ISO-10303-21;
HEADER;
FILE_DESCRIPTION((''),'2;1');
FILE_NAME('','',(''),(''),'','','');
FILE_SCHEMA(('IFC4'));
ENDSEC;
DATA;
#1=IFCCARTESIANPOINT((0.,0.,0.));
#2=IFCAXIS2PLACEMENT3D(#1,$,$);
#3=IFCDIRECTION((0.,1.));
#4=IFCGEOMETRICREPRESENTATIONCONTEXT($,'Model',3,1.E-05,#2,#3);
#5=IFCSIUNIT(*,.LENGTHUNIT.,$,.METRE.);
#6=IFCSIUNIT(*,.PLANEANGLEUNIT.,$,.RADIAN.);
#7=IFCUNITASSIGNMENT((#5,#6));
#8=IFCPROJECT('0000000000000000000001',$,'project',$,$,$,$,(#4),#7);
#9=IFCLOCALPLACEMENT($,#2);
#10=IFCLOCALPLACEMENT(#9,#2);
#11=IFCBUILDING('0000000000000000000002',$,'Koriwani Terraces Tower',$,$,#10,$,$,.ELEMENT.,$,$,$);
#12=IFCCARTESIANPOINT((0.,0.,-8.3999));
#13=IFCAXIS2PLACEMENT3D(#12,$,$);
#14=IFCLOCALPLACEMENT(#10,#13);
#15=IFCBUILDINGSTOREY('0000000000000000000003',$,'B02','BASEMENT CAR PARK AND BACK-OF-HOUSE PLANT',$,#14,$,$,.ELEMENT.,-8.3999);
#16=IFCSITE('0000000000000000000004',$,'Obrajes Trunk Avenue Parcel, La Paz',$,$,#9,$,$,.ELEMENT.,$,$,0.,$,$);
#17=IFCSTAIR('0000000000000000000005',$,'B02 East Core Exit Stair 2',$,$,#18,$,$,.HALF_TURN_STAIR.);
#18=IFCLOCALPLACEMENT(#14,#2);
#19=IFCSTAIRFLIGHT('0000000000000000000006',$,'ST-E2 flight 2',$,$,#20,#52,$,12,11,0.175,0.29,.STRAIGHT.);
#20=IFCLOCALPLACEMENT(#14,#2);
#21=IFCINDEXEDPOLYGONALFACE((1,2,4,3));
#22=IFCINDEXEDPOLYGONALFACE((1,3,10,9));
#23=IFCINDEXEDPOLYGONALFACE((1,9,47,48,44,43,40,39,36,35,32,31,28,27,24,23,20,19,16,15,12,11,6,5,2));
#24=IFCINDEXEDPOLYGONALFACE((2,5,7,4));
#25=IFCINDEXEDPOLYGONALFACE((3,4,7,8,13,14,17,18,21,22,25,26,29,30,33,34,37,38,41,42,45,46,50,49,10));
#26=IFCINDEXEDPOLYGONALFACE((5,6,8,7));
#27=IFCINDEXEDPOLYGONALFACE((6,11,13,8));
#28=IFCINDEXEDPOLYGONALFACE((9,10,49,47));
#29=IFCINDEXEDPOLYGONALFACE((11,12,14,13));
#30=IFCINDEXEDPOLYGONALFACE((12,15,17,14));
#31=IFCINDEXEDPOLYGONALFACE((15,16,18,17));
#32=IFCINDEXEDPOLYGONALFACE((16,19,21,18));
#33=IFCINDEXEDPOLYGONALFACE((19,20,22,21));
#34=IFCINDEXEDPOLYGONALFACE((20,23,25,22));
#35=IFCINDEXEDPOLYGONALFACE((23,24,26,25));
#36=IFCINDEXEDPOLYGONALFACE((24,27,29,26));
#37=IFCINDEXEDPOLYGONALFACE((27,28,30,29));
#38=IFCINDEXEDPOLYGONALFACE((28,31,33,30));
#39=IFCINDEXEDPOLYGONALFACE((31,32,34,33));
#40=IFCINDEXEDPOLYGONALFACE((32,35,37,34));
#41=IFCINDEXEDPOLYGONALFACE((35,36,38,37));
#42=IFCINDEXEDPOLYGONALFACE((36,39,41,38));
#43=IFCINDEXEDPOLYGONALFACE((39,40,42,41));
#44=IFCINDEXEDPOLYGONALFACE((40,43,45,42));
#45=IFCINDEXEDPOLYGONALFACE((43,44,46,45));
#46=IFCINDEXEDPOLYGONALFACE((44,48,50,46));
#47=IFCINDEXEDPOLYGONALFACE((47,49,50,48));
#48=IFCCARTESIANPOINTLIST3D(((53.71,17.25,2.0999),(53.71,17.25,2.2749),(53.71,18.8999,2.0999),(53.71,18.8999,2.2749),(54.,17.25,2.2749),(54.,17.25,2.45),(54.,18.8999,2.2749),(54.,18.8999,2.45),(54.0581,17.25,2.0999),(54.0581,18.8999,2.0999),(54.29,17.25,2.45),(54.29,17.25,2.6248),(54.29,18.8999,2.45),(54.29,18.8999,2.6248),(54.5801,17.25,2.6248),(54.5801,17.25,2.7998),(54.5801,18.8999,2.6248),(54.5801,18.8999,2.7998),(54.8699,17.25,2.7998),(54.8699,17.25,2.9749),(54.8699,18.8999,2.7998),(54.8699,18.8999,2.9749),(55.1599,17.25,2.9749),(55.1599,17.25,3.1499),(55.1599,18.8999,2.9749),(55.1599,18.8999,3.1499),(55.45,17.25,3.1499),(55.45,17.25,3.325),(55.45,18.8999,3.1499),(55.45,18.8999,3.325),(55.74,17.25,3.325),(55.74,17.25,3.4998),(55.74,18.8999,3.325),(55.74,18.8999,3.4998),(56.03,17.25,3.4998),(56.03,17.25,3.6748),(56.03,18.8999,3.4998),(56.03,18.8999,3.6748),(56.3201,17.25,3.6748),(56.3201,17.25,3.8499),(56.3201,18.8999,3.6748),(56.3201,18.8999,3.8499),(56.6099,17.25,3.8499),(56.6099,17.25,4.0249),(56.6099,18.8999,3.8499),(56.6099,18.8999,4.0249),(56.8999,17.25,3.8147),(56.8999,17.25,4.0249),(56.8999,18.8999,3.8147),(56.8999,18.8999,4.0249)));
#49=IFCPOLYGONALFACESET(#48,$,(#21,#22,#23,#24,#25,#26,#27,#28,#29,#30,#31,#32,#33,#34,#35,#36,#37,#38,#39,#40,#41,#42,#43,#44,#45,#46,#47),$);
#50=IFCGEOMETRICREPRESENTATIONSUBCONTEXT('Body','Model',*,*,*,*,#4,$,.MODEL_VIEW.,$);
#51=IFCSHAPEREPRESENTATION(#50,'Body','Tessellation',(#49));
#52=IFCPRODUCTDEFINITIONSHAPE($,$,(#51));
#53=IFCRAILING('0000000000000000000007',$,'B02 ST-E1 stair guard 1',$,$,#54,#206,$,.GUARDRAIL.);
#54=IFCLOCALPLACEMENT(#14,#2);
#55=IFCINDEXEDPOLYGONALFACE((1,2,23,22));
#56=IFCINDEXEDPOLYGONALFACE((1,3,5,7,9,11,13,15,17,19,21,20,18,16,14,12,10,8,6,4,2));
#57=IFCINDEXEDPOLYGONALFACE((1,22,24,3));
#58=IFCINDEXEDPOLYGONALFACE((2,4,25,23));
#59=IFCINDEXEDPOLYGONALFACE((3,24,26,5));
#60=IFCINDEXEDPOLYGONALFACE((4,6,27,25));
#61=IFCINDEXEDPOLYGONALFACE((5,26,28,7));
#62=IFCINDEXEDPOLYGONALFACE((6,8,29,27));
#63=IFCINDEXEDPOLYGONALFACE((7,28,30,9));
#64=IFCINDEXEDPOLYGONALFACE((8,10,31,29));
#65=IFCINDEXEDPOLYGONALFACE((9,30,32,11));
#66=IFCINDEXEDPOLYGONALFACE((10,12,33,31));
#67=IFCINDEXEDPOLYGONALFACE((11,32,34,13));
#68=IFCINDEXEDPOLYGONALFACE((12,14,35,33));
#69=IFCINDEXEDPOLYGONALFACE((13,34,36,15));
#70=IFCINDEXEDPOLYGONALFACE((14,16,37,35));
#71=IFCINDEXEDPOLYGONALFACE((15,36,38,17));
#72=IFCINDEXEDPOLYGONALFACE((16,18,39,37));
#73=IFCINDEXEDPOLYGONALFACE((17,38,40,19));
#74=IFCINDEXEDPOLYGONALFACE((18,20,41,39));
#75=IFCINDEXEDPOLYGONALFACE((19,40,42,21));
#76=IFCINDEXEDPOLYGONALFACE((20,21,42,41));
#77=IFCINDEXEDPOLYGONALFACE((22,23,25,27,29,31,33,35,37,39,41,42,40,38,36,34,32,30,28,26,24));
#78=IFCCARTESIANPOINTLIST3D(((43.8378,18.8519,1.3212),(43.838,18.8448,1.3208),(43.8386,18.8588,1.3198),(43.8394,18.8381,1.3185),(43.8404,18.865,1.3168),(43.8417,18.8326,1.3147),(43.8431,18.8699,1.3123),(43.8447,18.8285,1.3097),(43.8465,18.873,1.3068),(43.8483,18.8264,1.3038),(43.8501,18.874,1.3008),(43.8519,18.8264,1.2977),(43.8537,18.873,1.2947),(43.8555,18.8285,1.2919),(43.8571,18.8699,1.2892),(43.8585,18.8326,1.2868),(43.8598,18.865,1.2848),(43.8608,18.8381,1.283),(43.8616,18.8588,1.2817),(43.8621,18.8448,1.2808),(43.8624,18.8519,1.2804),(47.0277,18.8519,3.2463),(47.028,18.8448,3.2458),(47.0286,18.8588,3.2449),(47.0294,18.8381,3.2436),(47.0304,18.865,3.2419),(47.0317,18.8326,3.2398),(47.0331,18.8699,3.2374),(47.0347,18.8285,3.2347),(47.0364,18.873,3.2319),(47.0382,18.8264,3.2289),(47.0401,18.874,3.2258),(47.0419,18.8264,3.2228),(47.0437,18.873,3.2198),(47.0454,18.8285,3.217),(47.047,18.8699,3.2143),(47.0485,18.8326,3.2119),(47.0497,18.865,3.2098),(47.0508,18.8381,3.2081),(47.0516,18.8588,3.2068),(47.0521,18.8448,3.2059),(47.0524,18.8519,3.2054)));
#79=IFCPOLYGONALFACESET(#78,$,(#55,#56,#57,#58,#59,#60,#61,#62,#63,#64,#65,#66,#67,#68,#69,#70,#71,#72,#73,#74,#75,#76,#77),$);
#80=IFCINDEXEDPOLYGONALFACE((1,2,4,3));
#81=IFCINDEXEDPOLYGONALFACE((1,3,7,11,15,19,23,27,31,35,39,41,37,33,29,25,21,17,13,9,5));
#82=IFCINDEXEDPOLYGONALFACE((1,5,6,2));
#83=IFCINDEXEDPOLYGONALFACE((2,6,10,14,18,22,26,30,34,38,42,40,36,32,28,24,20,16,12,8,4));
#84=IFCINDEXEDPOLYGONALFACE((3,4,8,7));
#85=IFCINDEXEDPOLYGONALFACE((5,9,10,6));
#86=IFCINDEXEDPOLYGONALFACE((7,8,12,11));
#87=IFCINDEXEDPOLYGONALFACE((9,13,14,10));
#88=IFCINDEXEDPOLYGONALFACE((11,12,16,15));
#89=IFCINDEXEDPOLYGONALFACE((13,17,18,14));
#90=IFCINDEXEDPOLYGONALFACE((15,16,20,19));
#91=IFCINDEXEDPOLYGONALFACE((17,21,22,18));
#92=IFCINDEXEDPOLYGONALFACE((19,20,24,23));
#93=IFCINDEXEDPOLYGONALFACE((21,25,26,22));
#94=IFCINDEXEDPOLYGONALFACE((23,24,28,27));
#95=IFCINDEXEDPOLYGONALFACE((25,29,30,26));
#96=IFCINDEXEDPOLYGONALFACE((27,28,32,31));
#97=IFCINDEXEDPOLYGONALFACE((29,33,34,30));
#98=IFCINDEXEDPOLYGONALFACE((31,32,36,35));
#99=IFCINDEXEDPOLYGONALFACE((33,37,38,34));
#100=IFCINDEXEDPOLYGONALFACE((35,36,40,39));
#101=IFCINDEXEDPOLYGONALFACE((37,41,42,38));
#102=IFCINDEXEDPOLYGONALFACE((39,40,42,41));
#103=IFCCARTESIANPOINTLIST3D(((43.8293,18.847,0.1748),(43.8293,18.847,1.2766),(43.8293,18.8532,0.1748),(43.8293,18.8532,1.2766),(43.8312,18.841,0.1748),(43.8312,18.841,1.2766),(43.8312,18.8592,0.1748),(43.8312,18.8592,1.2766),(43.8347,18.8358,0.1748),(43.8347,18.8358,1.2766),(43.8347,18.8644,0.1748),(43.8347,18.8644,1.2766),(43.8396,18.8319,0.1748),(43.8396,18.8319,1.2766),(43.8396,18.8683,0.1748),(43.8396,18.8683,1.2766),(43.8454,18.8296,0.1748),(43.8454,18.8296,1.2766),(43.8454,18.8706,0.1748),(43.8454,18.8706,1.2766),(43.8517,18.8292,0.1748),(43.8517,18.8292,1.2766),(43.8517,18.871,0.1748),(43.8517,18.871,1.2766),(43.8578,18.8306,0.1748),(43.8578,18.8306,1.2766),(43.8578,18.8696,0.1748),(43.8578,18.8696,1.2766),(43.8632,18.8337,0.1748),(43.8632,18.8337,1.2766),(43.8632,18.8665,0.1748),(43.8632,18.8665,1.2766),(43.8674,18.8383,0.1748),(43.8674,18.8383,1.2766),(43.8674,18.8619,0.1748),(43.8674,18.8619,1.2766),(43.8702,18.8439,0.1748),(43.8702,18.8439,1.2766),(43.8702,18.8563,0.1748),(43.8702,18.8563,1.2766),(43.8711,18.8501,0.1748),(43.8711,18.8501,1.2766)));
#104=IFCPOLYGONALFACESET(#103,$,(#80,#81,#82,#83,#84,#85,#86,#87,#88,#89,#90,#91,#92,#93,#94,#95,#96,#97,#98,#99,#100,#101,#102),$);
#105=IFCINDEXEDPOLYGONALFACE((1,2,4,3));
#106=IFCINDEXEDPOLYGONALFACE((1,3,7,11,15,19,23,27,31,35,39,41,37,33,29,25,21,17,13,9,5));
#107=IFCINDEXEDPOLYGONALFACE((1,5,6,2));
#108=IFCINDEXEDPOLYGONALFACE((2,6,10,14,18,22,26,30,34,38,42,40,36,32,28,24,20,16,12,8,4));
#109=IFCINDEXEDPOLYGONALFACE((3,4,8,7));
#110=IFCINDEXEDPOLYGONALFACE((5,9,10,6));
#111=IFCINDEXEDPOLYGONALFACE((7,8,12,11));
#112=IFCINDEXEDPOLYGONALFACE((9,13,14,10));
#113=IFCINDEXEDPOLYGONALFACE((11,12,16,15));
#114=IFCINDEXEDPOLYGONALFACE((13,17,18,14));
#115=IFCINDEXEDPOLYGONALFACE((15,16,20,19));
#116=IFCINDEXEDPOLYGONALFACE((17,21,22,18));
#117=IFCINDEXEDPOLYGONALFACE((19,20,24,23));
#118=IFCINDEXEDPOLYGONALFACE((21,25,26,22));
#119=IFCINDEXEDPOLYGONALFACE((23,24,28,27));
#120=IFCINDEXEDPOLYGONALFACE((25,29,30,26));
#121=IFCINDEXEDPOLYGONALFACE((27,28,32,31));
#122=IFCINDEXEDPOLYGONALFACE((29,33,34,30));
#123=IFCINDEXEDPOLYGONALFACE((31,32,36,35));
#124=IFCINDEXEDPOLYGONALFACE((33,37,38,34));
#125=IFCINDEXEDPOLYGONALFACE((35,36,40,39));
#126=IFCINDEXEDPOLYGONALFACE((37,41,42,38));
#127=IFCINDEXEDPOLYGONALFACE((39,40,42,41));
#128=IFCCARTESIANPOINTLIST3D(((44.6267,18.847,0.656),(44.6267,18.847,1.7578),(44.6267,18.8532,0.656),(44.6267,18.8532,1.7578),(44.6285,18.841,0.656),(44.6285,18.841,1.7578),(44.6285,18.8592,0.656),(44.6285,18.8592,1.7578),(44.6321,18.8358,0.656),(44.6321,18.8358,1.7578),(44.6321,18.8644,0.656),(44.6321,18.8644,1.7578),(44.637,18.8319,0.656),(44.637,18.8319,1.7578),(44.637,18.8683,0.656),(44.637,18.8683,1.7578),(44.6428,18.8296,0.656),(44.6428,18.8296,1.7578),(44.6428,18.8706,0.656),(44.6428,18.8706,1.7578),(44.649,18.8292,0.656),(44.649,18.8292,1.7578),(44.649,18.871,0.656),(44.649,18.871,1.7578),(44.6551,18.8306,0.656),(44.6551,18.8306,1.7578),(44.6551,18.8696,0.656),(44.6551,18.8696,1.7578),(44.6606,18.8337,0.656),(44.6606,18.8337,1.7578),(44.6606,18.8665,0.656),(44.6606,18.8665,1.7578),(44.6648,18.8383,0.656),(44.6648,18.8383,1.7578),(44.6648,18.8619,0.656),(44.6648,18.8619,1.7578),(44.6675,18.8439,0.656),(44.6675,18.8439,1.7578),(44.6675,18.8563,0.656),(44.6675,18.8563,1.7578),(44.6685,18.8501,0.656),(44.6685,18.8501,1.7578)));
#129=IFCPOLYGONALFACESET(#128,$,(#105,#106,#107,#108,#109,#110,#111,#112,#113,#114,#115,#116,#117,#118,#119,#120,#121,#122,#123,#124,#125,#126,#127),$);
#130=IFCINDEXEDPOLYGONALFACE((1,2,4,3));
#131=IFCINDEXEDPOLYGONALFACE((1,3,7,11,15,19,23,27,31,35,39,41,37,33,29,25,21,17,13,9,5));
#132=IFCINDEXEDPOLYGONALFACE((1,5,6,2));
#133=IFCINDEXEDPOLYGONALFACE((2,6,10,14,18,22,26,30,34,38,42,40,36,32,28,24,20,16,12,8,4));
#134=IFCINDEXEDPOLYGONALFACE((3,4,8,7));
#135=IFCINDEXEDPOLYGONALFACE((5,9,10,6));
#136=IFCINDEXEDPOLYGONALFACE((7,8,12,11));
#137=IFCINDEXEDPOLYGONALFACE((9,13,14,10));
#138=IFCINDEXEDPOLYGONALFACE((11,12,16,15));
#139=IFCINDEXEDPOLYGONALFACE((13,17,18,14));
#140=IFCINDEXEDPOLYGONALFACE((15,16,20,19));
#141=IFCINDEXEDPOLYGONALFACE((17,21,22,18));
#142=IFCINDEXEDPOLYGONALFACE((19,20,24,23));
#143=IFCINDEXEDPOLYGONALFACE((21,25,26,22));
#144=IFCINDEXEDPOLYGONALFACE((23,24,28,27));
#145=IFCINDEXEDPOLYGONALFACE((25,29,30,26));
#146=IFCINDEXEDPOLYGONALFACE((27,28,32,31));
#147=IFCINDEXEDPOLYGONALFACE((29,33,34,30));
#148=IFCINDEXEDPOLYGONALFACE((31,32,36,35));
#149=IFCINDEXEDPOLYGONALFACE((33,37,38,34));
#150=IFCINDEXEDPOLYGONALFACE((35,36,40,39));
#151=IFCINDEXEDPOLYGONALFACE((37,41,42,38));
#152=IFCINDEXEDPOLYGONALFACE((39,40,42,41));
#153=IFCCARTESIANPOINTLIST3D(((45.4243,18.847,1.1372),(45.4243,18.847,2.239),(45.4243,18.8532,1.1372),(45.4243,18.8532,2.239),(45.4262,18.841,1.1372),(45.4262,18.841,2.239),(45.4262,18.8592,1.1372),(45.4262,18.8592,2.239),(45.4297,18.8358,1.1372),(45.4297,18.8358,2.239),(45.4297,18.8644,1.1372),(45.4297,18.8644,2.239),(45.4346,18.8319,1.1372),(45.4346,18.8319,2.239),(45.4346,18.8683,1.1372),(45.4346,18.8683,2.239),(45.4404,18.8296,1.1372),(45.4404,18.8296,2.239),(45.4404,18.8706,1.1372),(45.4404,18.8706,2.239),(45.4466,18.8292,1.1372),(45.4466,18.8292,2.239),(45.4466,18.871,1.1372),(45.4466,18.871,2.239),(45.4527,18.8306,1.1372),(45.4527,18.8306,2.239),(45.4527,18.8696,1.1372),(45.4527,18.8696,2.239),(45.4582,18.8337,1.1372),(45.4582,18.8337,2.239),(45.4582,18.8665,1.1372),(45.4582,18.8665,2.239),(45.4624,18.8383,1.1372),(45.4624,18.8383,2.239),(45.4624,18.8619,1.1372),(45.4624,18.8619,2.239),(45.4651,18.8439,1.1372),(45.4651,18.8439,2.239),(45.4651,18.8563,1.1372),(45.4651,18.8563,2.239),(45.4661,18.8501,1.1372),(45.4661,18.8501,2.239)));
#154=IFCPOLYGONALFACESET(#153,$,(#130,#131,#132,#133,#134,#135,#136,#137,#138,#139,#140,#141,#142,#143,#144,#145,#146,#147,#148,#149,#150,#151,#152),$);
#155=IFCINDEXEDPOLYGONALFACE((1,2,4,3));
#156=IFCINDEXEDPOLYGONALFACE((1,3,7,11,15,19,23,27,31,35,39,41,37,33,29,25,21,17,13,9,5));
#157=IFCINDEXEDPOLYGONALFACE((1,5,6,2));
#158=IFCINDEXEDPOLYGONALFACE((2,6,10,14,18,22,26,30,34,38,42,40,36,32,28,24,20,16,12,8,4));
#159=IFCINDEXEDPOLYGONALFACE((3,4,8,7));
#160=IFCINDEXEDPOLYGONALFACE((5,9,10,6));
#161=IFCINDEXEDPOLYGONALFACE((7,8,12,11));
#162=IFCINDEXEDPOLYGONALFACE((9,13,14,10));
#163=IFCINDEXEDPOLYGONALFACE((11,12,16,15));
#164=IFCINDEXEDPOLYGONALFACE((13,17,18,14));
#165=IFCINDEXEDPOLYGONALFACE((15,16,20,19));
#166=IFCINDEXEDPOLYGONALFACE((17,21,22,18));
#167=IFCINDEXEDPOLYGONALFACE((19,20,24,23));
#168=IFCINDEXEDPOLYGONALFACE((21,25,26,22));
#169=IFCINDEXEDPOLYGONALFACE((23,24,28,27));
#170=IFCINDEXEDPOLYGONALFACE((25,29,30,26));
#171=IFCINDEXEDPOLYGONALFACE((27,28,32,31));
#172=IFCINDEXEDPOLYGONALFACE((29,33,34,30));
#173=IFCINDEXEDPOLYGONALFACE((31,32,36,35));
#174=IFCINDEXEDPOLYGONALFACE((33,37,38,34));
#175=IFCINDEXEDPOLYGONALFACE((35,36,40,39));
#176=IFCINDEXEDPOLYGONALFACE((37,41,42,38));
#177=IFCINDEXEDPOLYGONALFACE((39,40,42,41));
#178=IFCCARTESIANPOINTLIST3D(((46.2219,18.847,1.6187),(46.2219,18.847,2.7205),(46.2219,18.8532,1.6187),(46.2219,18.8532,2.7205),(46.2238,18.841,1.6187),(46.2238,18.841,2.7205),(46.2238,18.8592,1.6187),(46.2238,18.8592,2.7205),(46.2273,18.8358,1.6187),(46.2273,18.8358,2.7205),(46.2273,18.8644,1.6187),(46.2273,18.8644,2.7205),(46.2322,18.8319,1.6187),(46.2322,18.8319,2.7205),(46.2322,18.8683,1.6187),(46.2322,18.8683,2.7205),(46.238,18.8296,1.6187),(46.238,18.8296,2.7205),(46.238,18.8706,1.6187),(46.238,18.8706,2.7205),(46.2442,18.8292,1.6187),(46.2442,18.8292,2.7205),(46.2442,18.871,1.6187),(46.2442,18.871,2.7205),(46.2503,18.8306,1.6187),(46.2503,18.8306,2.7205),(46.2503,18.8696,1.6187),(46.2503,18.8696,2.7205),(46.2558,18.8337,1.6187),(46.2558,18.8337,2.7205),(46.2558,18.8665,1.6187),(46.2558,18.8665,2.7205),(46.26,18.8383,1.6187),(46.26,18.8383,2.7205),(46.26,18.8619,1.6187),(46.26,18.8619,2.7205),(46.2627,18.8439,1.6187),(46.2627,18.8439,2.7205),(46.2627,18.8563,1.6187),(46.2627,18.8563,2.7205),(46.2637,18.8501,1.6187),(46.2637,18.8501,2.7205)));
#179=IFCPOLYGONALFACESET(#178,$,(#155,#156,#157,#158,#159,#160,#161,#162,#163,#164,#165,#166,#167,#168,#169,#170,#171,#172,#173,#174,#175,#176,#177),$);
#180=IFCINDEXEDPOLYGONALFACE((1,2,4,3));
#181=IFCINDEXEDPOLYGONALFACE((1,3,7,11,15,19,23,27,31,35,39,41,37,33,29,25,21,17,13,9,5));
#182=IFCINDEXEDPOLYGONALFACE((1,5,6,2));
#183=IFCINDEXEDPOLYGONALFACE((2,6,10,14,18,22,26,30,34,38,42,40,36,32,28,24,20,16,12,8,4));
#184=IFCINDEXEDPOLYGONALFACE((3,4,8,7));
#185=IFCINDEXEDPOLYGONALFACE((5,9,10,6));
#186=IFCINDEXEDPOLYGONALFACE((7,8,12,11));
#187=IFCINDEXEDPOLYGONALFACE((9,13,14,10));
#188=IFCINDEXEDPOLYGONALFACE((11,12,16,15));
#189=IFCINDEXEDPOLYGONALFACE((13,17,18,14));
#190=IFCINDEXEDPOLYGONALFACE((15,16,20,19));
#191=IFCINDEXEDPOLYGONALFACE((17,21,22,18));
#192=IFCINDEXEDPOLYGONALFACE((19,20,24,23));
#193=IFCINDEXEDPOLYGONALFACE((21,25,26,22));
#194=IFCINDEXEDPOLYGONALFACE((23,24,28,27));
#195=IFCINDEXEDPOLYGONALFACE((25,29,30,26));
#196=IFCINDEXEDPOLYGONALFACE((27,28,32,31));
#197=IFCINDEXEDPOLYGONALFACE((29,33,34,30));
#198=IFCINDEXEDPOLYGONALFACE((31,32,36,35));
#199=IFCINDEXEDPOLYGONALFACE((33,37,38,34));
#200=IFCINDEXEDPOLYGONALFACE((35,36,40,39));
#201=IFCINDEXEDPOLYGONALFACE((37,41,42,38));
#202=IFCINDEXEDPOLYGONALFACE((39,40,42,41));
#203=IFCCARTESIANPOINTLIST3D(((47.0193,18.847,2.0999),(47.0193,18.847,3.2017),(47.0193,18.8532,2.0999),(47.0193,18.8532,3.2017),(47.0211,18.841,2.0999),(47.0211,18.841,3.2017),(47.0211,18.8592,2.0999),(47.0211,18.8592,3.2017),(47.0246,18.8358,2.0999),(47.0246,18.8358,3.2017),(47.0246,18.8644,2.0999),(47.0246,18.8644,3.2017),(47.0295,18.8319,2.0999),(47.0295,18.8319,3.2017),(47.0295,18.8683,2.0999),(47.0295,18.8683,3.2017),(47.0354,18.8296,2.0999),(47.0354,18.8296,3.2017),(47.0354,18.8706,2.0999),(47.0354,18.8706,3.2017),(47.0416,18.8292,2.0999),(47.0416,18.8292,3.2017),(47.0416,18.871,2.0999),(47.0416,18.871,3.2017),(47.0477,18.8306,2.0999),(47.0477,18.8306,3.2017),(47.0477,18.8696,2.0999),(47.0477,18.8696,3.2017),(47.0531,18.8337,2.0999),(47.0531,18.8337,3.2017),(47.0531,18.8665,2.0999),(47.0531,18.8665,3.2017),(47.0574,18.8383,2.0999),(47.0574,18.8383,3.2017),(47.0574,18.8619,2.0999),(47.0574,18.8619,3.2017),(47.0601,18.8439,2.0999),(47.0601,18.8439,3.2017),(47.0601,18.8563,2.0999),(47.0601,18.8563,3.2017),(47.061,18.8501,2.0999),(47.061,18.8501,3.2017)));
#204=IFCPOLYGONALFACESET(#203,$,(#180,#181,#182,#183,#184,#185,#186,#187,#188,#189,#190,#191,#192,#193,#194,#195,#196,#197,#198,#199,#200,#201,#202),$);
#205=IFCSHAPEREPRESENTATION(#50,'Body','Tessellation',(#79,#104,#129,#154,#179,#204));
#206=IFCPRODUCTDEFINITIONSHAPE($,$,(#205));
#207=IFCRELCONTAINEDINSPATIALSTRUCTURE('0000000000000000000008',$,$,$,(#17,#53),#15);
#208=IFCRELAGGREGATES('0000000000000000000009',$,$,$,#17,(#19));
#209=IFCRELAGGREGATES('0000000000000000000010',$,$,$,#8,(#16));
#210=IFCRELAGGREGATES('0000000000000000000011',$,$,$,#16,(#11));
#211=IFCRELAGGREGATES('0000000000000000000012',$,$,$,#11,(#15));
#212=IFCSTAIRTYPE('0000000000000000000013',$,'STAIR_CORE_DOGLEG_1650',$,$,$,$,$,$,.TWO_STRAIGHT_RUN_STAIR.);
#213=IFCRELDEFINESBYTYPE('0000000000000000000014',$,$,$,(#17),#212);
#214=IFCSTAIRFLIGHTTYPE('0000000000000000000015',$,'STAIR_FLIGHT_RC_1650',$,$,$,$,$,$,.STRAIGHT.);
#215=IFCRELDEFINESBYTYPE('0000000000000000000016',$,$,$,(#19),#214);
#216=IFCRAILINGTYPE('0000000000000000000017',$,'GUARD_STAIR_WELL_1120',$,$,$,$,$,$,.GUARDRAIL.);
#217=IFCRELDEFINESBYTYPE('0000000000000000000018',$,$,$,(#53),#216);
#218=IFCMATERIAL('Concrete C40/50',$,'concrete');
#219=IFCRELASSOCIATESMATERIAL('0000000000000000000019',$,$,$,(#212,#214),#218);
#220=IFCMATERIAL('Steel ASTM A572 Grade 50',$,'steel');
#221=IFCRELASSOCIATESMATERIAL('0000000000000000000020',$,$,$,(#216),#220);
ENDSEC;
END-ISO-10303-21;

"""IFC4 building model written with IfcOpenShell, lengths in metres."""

from ifc_helpers import new_model, si_unit, direction, frame, origin, origin_2d, place, context, subcontext, project, spatial, polyline, circle, outline, extrude, material, type_object, element, aggregate, save


model = new_model("IFC4")

# Units and contexts
model_context = context("Model", 3, precision=1e-05, world=origin(), true_north=direction((0.0, 1.0)))
body_context = subcontext(model_context, "Body", "Model", "MODEL_VIEW")
ifc_project = project(units=[si_unit("LENGTHUNIT", "METRE"), si_unit("PLANEANGLEUNIT", "RADIAN")], contexts=[model_context])

# Site, building, storey
site_placement = place(None, origin())
site = spatial("IfcSite", under=ifc_project, at=site_placement, Name="Obrajes Trunk Avenue Parcel, La Paz", CompositionType="ELEMENT", RefElevation=0.0)
building_placement = place(site_placement, origin())
building = spatial("IfcBuilding", under=site, at=building_placement, Name="Koriwani Terraces Tower", CompositionType="ELEMENT")
storey_placement = place(building_placement, frame((0.0, 0.0, -8.3999)))
storey = spatial("IfcBuildingStorey", under=building, at=storey_placement, Name="B02", Description="BASEMENT CAR PARK AND BACK-OF-HOUSE PLANT", CompositionType="ELEMENT", Elevation=-8.3999)

# Shared definitions
ifc_material_1 = material(Name="Concrete C40/50", Category="concrete")

# Shared definitions
ifc_material_2 = material(Name="Steel ASTM A572 Grade 50", Category="steel")

# Stair, stair flight
stair_type = type_object("IfcStairType", Name="STAIR_CORE_DOGLEG_1650", PredefinedType="TWO_STRAIGHT_RUN_STAIR", material=ifc_material_1)
stair_flight_type = type_object("IfcStairFlightType", Name="STAIR_FLIGHT_RC_1650", PredefinedType="STRAIGHT", material=ifc_material_1)
stair_1_placement = place(storey_placement, origin())
stair_1 = element("IfcStair", 1, at=stair_1_placement, inside=storey, type_object=stair_type, Name="B02 East Core Exit Stair 2", PredefinedType="HALF_TURN_STAIR")
stair_flight_1_placement = place(storey_placement, frame((53.71, 18.075, 2.0999), z_axis=(0.0, 0.0, 1.0), x_axis=(1.0, 0.0, 0.0)))
stair_flight_1 = element("IfcStairFlight", 2, at=stair_flight_1_placement, type_object=stair_flight_type, Name="ST-E2 flight 2", NumberOfRisers=12, NumberOfTreads=11, PredefinedType="STRAIGHT", RiserHeight=0.175, TreadLength=0.29, context=body_context, shape_type="SweptSolid", body=[
    extrude(outline(polyline([(0.0, 0.0), (0.0, 0.175), (0.29, 0.175), (0.29, 0.3501), (0.5801, 0.3501), (0.5801, 0.5249), (0.8701, 0.5249), (0.8701, 0.7), (1.1599, 0.7), (1.1599, 0.875), (1.45, 0.875), (1.45, 1.05), (1.74, 1.05), (1.74, 1.2251), (2.03, 1.2251), (2.03, 1.3999), (2.3201, 1.3999), (2.3201, 1.575), (2.6101, 1.575), (2.6101, 1.75), (2.8999, 1.75), (2.8999, 1.925), (3.1899, 1.925), (3.1899, 2.1001), (3.1899, 1.7148), (0.3481, 0.0), (0.0, 0.0)])), frame((0.0, 0.825, 0.0), z_axis=(0.0, -1.0, 0.0), x_axis=(1.0, 0.0, 0.0)), (0.0, 0.0, 1.0), 1.6499),
])
aggregate(stair_1, [stair_flight_1])

# Railing
railing_type_1 = type_object("IfcRailingType", Name="GUARD_STAIR_WELL_1120", PredefinedType="GUARDRAIL", material=ifc_material_2)
railing_1_placement = place(storey_placement, frame((43.8501, 18.8501, 0.1748)))
element("IfcRailing", 3, at=railing_1_placement, inside=storey, type_object=railing_type_1, Name="B02 ST-E1 stair guard 1", PredefinedType="GUARDRAIL", context=body_context, shape_type="SweptSolid", body=[
    extrude(circle(Radius=0.0239, at=origin_2d()), frame((0.0, 0.0, 1.126), z_axis=(0.856178, 0.0, 0.516682), x_axis=(0.0, 1.0, 0.0)), (0.0, 0.0, 1.0), 3.7258),
    extrude(circle(Radius=0.021, at=origin_2d()), origin(), (0.0, 0.0, 1.0), 1.1018),
    extrude(circle(Radius=0.021, at=origin_2d()), frame((0.7974, 0.0, 0.4812)), (0.0, 0.0, 1.0), 1.1018),
    extrude(circle(Radius=0.021, at=origin_2d()), frame((1.595, 0.0, 0.9624)), (0.0, 0.0, 1.0), 1.1018),
    extrude(circle(Radius=0.021, at=origin_2d()), frame((2.3926, 0.0, 1.4438)), (0.0, 0.0, 1.0), 1.1018),
    extrude(circle(Radius=0.021, at=origin_2d()), frame((3.1899, 0.0, 1.925)), (0.0, 0.0, 1.0), 1.1018),
])

save(model, "model.ifc")
